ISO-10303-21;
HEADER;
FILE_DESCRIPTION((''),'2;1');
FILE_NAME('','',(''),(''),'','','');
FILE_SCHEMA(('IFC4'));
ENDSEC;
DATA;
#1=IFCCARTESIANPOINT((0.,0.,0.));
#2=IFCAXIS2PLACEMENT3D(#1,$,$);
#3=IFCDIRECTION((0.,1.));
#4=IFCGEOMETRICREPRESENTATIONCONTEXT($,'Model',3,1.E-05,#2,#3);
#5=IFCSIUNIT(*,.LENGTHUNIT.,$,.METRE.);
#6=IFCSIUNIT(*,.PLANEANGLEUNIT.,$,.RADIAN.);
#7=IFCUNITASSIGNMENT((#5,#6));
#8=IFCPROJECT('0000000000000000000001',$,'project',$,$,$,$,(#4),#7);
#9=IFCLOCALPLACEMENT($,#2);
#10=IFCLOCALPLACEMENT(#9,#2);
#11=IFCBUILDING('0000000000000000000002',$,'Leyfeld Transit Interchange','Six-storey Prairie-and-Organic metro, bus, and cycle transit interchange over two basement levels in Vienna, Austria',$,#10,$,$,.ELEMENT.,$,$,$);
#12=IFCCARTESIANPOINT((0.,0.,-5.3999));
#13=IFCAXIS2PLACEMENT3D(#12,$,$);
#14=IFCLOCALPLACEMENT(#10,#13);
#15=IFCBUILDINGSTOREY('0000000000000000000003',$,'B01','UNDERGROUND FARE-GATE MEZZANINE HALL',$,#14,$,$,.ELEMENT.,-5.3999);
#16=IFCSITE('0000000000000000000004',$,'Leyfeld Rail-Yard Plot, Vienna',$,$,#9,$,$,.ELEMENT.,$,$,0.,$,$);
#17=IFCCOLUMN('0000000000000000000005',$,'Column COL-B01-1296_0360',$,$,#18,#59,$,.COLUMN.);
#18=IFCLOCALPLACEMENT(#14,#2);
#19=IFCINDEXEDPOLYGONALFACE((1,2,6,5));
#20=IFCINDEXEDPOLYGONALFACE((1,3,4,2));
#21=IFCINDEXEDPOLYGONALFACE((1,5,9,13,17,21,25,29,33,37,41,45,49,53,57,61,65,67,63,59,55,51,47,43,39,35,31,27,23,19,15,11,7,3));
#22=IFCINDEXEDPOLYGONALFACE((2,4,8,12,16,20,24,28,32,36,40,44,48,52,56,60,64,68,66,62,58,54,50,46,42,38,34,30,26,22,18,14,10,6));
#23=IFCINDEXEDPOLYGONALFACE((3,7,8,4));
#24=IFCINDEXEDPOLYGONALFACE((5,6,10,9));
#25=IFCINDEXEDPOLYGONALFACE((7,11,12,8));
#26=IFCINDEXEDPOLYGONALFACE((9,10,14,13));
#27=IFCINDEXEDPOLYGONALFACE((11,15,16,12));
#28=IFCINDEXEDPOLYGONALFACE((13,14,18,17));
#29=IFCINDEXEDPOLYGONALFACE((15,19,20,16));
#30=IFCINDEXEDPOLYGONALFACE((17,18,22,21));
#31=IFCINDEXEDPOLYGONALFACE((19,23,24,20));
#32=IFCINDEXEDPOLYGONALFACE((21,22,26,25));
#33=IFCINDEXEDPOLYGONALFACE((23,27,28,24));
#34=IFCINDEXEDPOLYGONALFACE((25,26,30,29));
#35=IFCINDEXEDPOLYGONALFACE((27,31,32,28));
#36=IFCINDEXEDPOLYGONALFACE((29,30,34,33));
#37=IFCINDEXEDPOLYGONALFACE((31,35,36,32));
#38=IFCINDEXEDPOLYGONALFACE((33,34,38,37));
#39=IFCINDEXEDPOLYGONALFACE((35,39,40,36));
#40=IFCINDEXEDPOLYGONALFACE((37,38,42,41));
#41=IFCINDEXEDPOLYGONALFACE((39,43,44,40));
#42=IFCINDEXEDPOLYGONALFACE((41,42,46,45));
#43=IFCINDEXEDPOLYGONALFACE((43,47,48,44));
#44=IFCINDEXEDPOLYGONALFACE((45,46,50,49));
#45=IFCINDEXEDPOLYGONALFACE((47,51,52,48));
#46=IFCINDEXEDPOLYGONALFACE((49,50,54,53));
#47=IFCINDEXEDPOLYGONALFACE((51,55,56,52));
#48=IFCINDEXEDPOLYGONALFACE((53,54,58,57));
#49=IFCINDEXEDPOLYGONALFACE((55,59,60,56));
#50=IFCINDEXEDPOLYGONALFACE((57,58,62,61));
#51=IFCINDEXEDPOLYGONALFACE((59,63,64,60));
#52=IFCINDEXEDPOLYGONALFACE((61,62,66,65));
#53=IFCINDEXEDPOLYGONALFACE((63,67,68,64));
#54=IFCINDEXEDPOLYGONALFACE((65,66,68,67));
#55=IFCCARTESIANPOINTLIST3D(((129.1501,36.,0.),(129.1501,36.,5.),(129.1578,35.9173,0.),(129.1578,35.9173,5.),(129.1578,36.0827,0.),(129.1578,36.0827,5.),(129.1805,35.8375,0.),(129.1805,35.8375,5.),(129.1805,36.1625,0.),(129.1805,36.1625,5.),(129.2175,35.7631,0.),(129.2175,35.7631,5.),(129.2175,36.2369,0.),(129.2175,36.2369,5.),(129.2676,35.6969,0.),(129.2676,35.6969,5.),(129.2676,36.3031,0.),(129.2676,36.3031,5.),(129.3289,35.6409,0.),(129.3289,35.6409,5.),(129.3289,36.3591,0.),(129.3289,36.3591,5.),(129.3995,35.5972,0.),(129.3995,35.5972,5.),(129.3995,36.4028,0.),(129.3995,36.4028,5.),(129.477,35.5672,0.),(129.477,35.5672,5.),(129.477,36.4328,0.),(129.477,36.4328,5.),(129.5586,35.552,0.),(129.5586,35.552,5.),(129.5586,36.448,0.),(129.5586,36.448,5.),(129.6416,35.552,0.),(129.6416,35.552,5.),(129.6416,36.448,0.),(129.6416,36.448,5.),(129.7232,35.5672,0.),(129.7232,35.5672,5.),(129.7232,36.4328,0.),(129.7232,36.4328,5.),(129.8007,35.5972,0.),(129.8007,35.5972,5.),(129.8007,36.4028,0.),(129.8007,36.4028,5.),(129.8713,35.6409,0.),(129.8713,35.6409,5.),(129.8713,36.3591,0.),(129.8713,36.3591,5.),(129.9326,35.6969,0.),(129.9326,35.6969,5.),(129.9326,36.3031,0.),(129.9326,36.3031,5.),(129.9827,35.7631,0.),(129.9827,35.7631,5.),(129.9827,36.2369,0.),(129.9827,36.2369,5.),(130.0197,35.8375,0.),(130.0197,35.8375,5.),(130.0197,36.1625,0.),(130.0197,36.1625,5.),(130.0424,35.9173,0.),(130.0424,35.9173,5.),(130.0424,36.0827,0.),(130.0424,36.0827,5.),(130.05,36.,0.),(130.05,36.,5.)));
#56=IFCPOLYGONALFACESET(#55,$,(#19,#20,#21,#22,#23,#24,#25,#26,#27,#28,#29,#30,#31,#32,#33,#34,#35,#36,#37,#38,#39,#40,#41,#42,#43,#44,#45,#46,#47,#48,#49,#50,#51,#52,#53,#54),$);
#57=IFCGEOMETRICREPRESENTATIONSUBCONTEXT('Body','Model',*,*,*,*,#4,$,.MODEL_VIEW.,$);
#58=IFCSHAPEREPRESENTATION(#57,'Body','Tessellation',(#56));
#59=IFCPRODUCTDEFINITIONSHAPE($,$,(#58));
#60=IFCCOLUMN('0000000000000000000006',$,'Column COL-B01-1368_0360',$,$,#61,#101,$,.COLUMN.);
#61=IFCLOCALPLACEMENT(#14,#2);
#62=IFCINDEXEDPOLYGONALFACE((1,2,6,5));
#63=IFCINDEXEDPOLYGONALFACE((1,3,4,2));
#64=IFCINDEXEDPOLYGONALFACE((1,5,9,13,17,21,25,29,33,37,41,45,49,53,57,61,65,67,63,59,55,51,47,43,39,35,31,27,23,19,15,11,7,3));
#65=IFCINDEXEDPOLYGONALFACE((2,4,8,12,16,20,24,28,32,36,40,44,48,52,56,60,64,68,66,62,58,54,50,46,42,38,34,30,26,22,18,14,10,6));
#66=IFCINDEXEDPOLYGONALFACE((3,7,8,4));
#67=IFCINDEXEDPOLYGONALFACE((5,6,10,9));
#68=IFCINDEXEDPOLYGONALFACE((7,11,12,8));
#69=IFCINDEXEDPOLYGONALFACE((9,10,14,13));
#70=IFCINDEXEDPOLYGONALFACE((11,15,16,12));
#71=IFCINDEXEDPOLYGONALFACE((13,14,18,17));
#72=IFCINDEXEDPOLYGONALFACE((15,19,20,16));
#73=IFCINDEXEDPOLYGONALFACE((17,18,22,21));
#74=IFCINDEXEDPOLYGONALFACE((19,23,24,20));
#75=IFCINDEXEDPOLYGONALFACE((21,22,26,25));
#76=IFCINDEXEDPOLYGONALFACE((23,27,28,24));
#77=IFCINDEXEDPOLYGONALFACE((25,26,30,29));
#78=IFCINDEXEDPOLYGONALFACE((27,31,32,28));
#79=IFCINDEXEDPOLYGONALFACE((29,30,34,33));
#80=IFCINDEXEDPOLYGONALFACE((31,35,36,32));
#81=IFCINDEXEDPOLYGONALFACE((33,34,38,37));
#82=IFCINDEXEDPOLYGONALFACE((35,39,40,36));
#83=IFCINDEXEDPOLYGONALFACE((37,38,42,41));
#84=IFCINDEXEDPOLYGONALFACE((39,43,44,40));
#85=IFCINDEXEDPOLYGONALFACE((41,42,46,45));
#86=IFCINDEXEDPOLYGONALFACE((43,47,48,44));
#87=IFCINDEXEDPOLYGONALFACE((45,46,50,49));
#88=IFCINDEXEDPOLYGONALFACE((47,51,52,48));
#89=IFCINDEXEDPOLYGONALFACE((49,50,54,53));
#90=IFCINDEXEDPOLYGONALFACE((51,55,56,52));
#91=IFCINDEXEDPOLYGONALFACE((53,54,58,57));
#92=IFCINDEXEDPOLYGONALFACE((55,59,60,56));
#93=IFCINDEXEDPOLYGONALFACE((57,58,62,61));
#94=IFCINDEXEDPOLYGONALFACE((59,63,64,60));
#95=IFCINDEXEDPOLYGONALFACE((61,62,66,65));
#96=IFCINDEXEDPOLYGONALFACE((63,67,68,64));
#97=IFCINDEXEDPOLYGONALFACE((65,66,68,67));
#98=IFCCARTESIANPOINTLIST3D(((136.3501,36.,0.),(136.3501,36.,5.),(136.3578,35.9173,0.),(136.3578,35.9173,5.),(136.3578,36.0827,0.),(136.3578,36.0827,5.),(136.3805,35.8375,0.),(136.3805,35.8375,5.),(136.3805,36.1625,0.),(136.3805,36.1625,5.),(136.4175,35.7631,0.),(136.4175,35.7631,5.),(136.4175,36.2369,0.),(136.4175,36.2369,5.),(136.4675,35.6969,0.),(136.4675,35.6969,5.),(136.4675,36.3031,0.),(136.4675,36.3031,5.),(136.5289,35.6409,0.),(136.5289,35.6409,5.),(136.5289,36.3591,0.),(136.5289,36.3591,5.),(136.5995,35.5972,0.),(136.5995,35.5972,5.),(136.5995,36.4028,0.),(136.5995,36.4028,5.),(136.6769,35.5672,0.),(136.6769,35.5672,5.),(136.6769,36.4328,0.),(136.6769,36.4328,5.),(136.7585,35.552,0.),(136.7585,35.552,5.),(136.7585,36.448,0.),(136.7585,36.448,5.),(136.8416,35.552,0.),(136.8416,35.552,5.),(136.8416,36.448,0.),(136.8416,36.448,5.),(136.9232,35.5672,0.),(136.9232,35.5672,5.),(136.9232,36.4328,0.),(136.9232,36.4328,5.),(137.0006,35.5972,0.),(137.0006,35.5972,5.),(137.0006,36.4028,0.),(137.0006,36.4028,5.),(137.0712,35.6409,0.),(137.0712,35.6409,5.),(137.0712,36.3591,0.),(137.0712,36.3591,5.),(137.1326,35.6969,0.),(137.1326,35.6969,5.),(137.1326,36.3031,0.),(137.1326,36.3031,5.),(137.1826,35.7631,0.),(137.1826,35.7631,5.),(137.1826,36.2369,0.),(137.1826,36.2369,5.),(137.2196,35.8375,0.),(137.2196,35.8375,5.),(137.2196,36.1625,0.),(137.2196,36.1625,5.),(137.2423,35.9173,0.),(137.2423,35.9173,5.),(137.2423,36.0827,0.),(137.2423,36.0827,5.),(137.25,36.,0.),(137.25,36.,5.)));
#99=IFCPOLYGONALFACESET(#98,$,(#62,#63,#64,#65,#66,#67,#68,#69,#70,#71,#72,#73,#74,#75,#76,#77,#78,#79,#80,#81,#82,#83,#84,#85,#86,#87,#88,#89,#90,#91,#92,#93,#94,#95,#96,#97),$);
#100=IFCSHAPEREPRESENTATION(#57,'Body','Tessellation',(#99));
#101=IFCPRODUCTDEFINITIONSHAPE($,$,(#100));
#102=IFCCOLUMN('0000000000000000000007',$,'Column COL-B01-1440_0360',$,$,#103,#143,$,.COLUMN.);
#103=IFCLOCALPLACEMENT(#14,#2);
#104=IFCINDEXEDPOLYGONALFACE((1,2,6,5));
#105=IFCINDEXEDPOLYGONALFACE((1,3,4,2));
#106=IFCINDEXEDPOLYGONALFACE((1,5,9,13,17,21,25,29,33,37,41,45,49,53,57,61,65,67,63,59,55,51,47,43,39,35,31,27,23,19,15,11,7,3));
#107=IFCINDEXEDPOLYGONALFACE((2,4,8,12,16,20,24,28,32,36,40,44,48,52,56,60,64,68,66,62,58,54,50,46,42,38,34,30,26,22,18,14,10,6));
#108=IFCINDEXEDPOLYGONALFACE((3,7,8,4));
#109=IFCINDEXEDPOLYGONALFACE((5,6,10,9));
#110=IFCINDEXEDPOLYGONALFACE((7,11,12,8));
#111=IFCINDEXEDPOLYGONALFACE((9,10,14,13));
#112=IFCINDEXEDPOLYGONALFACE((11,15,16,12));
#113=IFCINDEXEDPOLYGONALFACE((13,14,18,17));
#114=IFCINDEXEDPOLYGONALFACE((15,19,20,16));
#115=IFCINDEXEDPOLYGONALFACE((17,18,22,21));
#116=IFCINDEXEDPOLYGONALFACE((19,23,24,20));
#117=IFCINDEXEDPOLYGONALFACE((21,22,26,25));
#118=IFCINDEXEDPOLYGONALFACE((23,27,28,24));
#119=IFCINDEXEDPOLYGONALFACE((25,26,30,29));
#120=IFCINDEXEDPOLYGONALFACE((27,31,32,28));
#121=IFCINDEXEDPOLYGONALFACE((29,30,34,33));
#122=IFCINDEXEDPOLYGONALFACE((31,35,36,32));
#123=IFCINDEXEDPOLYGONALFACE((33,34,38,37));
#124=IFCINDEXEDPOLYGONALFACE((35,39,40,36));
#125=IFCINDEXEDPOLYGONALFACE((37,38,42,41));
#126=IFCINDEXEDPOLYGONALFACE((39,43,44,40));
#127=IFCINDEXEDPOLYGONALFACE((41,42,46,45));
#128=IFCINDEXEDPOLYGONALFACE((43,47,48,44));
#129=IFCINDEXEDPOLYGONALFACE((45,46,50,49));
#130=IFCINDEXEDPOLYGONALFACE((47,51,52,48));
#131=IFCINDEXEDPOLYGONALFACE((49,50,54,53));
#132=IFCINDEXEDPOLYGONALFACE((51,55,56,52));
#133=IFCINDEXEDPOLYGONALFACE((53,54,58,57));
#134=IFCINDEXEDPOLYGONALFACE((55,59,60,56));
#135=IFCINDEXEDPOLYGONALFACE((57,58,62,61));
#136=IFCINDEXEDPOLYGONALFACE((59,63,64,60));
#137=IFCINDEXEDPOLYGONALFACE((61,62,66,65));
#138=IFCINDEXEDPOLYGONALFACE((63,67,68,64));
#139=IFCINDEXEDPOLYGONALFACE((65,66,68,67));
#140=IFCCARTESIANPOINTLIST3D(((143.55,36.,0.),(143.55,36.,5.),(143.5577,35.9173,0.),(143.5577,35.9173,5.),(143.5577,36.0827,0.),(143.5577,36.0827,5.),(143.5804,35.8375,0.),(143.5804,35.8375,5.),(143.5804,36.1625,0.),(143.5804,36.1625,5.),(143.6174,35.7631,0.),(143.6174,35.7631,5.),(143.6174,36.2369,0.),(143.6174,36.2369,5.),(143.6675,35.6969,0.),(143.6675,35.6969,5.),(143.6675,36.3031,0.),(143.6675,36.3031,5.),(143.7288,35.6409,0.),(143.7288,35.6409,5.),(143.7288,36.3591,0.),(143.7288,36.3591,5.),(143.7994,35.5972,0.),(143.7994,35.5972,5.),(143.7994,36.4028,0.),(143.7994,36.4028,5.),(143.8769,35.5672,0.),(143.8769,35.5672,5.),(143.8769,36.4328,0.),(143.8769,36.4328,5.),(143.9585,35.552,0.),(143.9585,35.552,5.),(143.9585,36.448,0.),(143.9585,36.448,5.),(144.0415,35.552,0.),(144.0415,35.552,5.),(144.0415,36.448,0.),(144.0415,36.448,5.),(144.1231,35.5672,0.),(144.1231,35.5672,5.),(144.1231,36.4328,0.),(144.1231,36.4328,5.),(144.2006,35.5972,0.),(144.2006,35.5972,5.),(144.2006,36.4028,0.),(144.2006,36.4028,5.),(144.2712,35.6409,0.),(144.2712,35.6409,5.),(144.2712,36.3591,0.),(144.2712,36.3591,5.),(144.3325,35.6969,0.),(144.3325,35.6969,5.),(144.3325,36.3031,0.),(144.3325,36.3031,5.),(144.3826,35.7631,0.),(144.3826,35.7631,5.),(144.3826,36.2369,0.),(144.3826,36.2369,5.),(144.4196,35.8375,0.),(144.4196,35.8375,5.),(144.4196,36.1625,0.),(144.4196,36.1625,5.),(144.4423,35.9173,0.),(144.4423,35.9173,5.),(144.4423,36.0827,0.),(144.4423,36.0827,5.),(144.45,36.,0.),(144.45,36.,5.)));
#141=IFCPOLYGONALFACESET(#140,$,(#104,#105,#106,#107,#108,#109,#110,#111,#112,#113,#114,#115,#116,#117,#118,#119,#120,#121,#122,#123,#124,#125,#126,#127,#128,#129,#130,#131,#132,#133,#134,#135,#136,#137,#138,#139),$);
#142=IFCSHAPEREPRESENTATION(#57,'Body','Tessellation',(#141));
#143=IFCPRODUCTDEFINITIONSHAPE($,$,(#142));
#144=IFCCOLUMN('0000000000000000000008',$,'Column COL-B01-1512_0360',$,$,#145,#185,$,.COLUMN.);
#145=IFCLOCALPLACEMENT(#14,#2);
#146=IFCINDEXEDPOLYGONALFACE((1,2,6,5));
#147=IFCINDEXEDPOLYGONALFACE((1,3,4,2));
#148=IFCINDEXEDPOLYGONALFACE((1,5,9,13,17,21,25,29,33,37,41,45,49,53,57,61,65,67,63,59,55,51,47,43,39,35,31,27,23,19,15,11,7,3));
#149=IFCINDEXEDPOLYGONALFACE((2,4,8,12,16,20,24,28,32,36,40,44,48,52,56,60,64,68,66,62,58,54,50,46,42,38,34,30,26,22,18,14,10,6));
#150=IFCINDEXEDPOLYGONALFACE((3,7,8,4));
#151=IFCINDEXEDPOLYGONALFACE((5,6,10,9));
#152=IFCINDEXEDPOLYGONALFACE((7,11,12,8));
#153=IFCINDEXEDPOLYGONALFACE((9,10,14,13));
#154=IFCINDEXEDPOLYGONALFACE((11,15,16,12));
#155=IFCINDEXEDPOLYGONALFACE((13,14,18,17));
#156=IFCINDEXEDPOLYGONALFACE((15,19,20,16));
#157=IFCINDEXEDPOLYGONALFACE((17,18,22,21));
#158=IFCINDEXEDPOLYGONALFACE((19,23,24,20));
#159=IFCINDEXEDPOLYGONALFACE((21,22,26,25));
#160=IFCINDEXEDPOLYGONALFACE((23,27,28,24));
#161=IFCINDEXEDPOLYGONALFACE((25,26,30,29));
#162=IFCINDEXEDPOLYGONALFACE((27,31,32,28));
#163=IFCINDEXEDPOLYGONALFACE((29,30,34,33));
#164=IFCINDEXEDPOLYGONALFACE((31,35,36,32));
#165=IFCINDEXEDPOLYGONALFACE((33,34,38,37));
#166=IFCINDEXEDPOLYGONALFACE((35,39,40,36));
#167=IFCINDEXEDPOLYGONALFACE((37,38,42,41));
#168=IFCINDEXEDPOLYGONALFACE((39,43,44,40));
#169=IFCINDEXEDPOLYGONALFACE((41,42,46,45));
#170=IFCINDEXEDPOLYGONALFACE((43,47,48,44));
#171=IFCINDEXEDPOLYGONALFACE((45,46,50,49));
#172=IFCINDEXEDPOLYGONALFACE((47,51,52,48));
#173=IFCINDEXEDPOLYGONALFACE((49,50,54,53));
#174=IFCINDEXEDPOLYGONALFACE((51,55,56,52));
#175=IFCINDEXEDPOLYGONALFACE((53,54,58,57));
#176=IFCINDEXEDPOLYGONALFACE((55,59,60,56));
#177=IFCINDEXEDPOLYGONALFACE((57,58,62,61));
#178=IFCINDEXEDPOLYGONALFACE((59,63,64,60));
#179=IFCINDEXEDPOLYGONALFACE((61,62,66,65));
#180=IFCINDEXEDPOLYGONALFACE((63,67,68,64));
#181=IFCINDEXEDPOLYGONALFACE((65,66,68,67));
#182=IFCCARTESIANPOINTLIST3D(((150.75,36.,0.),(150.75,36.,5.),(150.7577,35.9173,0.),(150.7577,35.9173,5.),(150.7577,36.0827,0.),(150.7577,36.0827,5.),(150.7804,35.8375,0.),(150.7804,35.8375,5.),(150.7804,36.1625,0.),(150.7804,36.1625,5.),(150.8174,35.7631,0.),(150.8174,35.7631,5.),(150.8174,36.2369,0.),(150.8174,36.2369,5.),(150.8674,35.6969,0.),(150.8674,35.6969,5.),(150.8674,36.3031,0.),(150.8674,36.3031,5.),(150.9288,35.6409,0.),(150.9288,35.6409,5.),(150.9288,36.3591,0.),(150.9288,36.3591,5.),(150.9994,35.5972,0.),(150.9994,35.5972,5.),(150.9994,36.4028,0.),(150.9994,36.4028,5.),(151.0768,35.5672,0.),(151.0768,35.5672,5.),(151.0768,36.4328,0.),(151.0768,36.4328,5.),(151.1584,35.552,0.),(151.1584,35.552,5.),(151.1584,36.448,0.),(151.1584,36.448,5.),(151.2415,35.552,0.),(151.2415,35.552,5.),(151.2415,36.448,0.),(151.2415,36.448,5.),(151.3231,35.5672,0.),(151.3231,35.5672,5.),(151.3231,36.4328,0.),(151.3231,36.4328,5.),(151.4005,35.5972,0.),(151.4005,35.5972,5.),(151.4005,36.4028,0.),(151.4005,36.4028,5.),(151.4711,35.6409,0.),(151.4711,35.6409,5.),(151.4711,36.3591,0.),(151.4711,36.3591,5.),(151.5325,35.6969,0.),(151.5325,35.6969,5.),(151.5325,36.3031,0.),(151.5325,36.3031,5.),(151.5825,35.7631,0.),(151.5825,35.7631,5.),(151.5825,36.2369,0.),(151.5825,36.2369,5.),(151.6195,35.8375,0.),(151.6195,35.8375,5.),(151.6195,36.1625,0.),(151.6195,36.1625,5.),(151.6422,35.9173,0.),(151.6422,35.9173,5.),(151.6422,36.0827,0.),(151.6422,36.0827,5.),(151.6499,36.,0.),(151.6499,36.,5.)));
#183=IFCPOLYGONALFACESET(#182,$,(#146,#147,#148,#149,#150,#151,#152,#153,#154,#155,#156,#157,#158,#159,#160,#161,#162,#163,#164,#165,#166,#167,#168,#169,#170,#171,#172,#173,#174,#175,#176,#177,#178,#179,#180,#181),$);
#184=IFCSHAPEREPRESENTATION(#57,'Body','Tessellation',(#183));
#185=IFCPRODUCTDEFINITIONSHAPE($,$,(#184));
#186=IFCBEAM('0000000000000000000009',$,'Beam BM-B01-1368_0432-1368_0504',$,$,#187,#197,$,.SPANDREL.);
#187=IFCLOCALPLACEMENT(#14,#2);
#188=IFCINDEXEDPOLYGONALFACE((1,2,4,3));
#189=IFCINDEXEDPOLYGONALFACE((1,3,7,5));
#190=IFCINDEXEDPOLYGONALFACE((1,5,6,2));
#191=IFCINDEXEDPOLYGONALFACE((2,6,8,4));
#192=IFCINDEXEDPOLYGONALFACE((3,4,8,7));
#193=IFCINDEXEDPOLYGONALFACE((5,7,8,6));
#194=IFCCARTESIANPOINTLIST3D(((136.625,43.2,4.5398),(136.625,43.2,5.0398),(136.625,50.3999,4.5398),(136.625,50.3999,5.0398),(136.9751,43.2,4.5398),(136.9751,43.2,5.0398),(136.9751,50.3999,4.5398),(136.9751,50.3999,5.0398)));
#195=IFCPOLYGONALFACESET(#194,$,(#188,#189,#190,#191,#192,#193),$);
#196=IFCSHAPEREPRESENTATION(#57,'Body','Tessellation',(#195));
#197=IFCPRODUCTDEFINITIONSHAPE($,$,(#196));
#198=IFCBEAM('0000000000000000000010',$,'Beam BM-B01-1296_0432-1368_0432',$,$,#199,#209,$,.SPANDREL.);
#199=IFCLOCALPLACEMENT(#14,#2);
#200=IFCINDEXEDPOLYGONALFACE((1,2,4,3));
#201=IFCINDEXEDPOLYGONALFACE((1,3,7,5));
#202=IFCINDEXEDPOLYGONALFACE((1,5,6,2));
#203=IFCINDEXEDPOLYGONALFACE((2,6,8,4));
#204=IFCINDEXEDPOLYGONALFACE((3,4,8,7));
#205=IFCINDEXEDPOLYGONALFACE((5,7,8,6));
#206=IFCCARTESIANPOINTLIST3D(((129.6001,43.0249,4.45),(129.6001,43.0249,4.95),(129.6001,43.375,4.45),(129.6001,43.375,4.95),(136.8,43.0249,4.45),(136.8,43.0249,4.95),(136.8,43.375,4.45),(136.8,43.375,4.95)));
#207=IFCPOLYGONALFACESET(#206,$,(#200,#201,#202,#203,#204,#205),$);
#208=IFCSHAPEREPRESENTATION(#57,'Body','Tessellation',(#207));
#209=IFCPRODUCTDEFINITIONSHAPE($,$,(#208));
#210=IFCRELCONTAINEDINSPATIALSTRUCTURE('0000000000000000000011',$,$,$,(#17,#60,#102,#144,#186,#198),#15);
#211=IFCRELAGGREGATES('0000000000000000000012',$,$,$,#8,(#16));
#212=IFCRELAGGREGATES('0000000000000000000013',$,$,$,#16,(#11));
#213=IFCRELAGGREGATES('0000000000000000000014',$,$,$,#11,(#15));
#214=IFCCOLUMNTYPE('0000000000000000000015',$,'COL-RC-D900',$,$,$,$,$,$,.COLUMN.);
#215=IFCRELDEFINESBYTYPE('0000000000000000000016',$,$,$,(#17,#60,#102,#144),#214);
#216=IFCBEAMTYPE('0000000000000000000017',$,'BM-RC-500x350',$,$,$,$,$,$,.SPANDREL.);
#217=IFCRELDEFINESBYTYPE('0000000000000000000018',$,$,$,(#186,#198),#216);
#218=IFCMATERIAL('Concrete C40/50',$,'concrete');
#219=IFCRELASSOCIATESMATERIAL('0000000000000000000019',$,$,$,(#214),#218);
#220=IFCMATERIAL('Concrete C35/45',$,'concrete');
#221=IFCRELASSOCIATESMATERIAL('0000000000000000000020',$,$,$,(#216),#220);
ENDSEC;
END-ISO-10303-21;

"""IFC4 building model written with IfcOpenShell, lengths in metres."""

from ifc_helpers import new_model, si_unit, direction, frame, origin, origin_2d, place, context, subcontext, project, spatial, rectangle, circle, extrude, material, material_profile, profile_set, type_object, element, save


model = new_model("IFC4")

# Units and contexts
model_context = context("Model", 3, precision=1e-05, world=origin(), true_north=direction((0.0, 1.0)))
body_context = subcontext(model_context, "Body", "Model", "MODEL_VIEW")
ifc_project = project(units=[si_unit("LENGTHUNIT", "METRE"), si_unit("PLANEANGLEUNIT", "RADIAN")], contexts=[model_context])

# Site, building, storey
site_placement = place(None, origin())
site = spatial("IfcSite", under=ifc_project, at=site_placement, Name="Leyfeld Rail-Yard Plot, Vienna", CompositionType="ELEMENT", RefElevation=0.0)
building_placement = place(site_placement, origin())
building = spatial("IfcBuilding", under=site, at=building_placement, Name="Leyfeld Transit Interchange", Description="Six-storey Prairie-and-Organic metro, bus, and cycle transit interchange over two basement levels in Vienna, Austria", CompositionType="ELEMENT")
storey_placement = place(building_placement, frame((0.0, 0.0, -5.3999)))
storey = spatial("IfcBuildingStorey", under=building, at=storey_placement, Name="B01", Description="UNDERGROUND FARE-GATE MEZZANINE HALL", CompositionType="ELEMENT", Elevation=-5.3999)

# Columns
ifc_material_1 = material(Name="Concrete C35/45", Category="concrete")
ifc_material_2 = material(Name="Concrete C40/50", Category="concrete")
ifc_material_profile_1 = material_profile(ifc_material_2, circle(Radius=0.45, at=origin_2d()), Name="RC D900")
ifc_profile_set_1 = profile_set([ifc_material_profile_1], Name="Concrete C40/50")
column_type_1 = type_object("IfcColumnType", Name="COL-RC-D900", PredefinedType="COLUMN", material=ifc_profile_set_1)
for number, where, z_axis, x_axis, name in (
    (1, (129.6001, 36.0, 0.0), (0.0, 0.0, 1.0), (1.0, 0.0, 0.0), "Column COL-B01-1296_0360"),
    (2, (136.8, 36.0, 0.0), (0.0, 0.0, 1.0), (1.0, 0.0, 0.0), "Column COL-B01-1368_0360"),
    (3, (144.0, 36.0, 0.0), (0.0, 0.0, 1.0), (1.0, 0.0, 0.0), "Column COL-B01-1440_0360"),
    (4, (151.2, 36.0, 0.0), (0.0, 0.0, 1.0), (1.0, 0.0, 0.0), "Column COL-B01-1512_0360"),
):
    element("IfcColumn", number, at=place(storey_placement, frame(where, z_axis=z_axis, x_axis=x_axis)), inside=storey, type_object=column_type_1, Name=name, PredefinedType="COLUMN", context=body_context, shape_type="SweptSolid", body=[
        extrude(circle(Radius=0.45, at=origin_2d()), origin(), (0.0, 0.0, 1.0), 5.0),
    ])

# Beams
ifc_material_profile_2 = material_profile(ifc_material_1, rectangle(XDim=0.3501, YDim=0.5, at=origin_2d()), Name="RC 500x350")
ifc_profile_set_2 = profile_set([ifc_material_profile_2], Name="Concrete C35/45")
beam_type_1 = type_object("IfcBeamType", Name="BM-RC-500x350", PredefinedType="SPANDREL", material=ifc_profile_set_2)
for number, where, z_axis, x_axis, name in (
    (5, (136.8, 43.2, 4.7898), (0.0, 1.0, 0.0), (-1.0, 0.0, 0.0), "Beam BM-B01-1368_0432-1368_0504"),
    (6, (129.6001, 43.2, 4.7), (1.0, 0.0, 0.0), (0.0, 1.0, 0.0), "Beam BM-B01-1296_0432-1368_0432"),
):
    element("IfcBeam", number, at=place(storey_placement, frame(where, z_axis=z_axis, x_axis=x_axis)), inside=storey, type_object=beam_type_1, Name=name, PredefinedType="SPANDREL", context=body_context, shape_type="SweptSolid", body=[
        extrude(rectangle(XDim=0.3501, YDim=0.5, at=origin_2d()), origin(), (0.0, 0.0, 1.0), 7.2),
    ])

save(model, "model.ifc")
